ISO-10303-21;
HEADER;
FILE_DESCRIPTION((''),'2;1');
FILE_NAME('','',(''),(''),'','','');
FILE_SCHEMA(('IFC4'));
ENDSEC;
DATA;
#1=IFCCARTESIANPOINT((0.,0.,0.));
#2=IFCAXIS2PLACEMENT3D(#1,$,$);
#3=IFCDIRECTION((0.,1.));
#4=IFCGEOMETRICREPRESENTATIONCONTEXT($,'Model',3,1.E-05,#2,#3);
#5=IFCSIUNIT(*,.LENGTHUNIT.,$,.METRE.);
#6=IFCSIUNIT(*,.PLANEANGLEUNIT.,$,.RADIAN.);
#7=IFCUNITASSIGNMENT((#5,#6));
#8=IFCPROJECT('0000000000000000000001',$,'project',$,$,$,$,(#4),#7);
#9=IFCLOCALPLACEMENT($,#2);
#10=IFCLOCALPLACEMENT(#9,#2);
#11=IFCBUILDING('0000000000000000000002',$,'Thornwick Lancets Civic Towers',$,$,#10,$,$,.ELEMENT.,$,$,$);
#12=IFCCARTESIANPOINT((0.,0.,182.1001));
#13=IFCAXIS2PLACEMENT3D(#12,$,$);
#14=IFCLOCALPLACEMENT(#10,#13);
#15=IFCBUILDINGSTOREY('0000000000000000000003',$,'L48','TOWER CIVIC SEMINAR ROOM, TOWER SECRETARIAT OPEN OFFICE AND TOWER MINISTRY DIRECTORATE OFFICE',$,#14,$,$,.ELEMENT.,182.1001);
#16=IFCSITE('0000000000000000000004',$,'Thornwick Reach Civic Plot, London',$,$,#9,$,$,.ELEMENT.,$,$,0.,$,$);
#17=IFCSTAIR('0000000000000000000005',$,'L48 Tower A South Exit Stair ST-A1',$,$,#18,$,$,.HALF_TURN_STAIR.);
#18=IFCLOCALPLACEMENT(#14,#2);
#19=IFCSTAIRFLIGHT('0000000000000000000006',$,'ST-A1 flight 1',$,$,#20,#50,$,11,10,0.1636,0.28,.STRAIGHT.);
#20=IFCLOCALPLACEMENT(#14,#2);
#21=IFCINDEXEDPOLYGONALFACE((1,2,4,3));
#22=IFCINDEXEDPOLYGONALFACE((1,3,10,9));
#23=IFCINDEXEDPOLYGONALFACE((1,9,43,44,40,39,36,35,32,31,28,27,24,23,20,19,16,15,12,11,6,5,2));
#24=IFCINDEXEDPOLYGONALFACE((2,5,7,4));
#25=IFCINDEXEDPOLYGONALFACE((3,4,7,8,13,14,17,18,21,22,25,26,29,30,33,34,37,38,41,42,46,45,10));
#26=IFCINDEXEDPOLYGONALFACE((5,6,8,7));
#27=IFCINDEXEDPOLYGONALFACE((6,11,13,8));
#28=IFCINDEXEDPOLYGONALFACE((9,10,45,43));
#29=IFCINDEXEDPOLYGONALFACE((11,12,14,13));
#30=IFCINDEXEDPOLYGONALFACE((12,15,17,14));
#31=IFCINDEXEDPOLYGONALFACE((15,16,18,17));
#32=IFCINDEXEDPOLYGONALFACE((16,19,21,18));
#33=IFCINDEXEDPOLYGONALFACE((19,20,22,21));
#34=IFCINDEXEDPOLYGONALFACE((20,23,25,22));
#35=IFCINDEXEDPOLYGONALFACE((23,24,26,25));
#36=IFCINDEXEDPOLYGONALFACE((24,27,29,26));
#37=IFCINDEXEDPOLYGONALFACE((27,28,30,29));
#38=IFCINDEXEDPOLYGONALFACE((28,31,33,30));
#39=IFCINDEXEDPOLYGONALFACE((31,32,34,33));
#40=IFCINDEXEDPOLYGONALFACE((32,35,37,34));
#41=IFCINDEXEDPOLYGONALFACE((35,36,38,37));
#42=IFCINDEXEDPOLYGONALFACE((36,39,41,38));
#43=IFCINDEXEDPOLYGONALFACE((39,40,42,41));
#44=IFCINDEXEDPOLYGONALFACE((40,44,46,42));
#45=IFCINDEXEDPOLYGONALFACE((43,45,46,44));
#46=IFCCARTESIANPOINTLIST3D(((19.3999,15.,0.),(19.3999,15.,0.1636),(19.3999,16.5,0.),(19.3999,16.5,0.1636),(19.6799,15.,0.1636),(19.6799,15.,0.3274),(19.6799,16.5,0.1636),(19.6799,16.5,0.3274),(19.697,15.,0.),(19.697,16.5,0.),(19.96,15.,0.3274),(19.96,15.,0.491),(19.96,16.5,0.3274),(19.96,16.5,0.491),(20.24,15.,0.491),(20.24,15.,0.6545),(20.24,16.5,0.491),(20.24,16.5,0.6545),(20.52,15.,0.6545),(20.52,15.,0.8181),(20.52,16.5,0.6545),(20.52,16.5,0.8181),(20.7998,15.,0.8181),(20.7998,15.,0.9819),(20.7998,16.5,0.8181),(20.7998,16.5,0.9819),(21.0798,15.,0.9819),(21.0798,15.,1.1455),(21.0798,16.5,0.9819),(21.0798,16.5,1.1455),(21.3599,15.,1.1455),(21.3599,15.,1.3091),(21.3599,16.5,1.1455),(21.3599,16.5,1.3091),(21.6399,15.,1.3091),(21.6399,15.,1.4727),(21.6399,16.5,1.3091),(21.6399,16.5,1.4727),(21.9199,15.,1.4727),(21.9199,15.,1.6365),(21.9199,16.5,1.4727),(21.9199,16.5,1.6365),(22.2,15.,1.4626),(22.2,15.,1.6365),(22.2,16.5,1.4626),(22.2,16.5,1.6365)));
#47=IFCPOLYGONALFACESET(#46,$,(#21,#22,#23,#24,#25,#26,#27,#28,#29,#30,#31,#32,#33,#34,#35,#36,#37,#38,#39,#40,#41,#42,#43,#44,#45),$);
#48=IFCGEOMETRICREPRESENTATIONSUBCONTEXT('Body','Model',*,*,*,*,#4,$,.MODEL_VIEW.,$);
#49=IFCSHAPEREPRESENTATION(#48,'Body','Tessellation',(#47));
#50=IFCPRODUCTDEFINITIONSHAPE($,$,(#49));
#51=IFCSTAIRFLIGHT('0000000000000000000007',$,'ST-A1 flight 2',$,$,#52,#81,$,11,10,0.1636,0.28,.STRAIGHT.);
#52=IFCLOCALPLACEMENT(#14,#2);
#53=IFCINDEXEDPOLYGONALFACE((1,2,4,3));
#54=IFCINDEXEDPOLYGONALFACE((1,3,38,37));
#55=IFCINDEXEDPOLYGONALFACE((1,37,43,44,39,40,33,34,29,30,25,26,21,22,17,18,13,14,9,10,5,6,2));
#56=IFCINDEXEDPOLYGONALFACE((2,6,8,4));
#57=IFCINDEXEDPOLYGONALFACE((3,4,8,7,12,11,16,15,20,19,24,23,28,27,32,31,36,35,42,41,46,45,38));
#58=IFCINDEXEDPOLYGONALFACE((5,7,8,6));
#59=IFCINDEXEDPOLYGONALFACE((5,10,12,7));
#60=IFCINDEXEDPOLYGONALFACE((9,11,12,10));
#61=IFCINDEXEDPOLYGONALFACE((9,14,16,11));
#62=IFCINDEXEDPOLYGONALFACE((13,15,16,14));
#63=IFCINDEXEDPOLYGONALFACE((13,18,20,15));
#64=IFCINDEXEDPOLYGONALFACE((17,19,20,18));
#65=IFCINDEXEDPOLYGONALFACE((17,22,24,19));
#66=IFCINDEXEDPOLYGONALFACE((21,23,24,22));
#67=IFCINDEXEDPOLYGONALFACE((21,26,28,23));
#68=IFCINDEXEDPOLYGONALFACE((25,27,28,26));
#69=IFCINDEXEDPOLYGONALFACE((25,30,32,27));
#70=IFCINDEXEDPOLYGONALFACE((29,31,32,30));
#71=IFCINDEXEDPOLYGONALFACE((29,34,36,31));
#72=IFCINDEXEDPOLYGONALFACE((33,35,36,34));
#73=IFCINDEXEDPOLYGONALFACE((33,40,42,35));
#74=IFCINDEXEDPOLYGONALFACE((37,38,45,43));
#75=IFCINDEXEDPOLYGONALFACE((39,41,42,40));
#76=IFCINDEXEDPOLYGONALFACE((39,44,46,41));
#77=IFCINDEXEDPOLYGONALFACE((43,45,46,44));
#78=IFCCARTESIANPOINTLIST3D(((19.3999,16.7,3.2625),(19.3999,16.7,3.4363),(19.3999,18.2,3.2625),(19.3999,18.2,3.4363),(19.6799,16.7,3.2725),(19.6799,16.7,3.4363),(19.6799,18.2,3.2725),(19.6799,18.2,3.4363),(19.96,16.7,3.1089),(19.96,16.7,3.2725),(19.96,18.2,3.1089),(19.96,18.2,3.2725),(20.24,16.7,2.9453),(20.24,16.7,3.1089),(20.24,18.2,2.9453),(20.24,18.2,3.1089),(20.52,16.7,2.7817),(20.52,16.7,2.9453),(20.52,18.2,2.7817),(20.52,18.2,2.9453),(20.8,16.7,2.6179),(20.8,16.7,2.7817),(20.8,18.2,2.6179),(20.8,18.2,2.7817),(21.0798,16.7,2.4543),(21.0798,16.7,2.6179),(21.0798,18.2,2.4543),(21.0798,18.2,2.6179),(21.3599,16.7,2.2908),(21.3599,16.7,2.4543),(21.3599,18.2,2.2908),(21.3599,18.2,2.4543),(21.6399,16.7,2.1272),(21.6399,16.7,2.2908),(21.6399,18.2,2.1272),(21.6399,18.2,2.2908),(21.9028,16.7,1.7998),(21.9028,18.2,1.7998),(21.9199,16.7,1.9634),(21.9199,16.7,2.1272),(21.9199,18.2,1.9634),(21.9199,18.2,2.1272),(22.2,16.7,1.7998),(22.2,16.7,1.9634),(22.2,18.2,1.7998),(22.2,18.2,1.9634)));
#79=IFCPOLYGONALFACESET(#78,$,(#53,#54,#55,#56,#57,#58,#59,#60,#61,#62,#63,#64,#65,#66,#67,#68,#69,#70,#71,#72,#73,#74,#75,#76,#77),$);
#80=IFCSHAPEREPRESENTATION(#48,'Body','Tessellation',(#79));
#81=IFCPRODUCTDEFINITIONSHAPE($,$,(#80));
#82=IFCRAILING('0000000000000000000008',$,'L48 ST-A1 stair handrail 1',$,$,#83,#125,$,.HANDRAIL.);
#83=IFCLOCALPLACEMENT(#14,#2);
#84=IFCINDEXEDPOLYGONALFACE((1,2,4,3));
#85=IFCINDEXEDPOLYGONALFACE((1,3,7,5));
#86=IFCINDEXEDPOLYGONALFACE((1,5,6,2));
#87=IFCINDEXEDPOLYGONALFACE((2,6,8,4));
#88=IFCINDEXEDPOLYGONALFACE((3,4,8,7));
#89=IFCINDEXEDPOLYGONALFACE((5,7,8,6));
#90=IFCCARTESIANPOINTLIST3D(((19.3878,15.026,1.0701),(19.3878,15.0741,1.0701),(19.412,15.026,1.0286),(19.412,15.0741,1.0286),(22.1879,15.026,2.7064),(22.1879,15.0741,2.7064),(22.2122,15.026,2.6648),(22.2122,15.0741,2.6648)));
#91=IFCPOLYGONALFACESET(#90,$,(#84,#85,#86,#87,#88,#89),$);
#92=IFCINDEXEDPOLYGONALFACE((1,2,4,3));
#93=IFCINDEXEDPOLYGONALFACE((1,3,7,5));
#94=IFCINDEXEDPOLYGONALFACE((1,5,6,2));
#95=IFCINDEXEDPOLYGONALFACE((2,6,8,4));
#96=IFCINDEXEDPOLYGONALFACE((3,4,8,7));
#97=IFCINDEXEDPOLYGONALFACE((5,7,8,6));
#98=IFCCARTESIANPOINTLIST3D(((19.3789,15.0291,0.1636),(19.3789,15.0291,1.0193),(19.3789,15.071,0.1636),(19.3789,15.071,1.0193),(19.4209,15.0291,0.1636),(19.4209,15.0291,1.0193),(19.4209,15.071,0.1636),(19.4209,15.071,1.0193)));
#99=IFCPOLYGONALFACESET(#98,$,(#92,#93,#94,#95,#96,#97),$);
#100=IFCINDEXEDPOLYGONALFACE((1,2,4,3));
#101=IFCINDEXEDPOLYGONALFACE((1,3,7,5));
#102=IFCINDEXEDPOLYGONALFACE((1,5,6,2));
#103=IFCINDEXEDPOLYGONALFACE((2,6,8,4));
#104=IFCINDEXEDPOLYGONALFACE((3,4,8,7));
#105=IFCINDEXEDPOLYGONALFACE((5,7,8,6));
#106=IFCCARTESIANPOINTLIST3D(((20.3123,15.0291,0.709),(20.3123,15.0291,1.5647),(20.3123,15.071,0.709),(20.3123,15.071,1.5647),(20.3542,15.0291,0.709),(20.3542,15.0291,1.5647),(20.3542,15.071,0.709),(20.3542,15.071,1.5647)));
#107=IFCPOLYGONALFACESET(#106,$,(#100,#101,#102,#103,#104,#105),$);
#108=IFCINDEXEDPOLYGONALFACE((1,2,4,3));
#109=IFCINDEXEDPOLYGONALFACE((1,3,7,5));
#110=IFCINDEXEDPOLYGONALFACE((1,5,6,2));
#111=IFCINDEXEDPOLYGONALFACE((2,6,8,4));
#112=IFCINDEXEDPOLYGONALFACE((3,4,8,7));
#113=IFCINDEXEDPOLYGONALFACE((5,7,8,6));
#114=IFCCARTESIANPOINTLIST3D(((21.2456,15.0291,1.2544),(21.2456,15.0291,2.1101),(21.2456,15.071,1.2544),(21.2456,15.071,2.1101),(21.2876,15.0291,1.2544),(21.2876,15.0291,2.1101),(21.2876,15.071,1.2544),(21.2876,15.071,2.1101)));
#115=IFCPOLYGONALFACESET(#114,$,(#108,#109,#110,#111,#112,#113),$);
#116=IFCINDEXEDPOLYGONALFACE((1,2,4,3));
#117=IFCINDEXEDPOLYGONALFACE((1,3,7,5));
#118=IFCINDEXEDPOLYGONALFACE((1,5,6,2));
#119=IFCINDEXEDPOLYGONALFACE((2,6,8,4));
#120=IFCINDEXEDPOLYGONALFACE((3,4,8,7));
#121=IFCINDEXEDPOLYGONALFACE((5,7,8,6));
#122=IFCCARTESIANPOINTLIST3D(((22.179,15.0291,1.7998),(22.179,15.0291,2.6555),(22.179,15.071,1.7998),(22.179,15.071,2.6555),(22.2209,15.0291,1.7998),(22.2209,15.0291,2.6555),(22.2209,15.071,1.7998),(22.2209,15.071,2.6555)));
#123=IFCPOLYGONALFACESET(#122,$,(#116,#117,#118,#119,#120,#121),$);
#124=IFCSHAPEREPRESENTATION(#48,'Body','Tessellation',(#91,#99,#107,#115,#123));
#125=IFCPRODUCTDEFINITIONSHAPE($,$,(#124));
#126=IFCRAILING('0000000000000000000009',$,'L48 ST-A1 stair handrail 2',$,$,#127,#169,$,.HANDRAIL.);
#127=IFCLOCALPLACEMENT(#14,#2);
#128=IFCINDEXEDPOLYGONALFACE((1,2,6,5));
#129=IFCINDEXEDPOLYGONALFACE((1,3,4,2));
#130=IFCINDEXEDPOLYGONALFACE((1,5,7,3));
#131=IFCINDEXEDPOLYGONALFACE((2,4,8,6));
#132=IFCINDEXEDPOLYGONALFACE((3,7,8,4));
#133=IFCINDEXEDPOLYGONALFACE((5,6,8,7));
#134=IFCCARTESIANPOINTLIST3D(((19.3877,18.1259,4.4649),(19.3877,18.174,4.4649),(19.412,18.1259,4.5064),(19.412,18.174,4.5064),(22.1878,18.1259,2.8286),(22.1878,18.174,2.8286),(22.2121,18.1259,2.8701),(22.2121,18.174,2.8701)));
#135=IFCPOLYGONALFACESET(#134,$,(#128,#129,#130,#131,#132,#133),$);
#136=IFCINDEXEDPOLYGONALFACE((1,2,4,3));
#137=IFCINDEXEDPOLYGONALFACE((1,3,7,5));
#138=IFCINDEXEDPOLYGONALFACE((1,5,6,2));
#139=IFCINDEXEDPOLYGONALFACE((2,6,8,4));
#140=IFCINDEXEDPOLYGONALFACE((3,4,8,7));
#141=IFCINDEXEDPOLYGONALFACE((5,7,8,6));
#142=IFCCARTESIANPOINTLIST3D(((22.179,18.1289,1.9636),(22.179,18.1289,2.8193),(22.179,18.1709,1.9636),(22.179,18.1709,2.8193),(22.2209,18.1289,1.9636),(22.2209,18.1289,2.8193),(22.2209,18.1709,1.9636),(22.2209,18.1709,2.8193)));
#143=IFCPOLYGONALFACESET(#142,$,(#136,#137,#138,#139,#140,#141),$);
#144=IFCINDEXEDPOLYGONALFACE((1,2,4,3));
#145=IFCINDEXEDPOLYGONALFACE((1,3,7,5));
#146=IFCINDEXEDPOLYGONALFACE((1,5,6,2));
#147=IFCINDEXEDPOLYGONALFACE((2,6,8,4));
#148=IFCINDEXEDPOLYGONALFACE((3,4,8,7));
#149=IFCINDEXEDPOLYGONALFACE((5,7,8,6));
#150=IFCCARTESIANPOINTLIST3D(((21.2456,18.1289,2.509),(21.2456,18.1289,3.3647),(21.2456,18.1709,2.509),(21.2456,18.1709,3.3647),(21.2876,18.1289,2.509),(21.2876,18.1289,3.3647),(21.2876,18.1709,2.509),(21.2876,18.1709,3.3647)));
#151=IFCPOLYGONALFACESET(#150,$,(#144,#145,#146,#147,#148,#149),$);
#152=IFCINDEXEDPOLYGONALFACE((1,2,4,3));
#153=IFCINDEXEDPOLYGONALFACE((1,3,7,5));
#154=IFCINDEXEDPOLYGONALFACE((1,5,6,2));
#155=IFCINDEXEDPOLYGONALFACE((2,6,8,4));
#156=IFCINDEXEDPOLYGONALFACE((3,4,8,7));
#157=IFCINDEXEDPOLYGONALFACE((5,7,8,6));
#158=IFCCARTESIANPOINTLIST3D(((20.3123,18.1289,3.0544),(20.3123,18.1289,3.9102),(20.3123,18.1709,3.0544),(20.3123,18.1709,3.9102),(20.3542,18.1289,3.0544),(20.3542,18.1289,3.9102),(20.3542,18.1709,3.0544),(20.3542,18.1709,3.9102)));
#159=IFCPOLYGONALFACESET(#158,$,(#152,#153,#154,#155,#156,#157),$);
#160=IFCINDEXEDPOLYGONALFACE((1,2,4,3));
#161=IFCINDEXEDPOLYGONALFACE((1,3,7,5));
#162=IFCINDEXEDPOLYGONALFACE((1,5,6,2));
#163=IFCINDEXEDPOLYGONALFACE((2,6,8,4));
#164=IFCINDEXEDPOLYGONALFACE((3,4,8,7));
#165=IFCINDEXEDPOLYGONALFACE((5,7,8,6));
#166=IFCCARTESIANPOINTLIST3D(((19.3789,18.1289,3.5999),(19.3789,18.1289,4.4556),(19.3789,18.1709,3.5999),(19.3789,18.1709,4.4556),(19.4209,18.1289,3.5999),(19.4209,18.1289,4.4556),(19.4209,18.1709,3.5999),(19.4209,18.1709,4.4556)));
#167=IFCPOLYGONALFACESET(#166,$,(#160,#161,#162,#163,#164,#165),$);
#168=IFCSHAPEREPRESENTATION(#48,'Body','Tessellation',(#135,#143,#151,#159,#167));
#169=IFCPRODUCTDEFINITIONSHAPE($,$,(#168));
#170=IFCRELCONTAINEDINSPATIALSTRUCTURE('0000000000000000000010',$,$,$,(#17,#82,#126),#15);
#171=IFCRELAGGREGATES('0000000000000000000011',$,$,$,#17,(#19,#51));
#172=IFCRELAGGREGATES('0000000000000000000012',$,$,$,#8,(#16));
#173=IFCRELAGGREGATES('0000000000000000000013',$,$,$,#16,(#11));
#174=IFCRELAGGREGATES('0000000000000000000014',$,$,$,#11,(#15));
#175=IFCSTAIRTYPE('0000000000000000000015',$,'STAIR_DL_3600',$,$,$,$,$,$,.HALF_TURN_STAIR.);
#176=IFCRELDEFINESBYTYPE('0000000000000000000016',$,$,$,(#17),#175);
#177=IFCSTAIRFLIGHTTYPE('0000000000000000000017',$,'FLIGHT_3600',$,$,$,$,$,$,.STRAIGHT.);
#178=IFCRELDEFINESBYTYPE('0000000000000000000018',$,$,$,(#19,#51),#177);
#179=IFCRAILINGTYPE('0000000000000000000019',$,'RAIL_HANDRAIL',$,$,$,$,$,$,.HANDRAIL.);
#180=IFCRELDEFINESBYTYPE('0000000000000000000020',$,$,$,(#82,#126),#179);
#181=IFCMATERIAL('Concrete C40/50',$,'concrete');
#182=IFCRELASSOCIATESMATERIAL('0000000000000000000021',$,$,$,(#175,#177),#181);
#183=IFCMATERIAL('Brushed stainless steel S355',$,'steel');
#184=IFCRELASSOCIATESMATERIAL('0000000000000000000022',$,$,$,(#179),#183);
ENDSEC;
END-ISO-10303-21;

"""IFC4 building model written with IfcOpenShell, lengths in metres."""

from ifc_helpers import new_model, si_unit, direction, frame, origin, origin_2d, place, context, subcontext, project, spatial, polyline, rectangle, outline, extrude, material, type_object, element, aggregate, save


model = new_model("IFC4")

# Units and contexts
model_context = context("Model", 3, precision=1e-05, world=origin(), true_north=direction((0.0, 1.0)))
body_context = subcontext(model_context, "Body", "Model", "MODEL_VIEW")
ifc_project = project(units=[si_unit("LENGTHUNIT", "METRE"), si_unit("PLANEANGLEUNIT", "RADIAN")], contexts=[model_context])

# Site, building, storey
site_placement = place(None, origin())
site = spatial("IfcSite", under=ifc_project, at=site_placement, Name="Thornwick Reach Civic Plot, London", CompositionType="ELEMENT", RefElevation=0.0)
building_placement = place(site_placement, origin())
building = spatial("IfcBuilding", under=site, at=building_placement, Name="Thornwick Lancets Civic Towers", CompositionType="ELEMENT")
storey_placement = place(building_placement, frame((0.0, 0.0, 182.1001)))
storey = spatial("IfcBuildingStorey", under=building, at=storey_placement, Name="L48", Description="TOWER CIVIC SEMINAR ROOM, TOWER SECRETARIAT OPEN OFFICE AND TOWER MINISTRY DIRECTORATE OFFICE", CompositionType="ELEMENT", Elevation=182.1001)

# Stair, stair flights
ifc_material_1 = material(Name="Concrete C40/50", Category="concrete")
stair_type = type_object("IfcStairType", Name="STAIR_DL_3600", PredefinedType="HALF_TURN_STAIR", material=ifc_material_1)
stair_placement = place(storey_placement, origin())
stair = element("IfcStair", 1, at=stair_placement, inside=storey, type_object=stair_type, Name="L48 Tower A South Exit Stair ST-A1", PredefinedType="HALF_TURN_STAIR")
stair_flight_type = type_object("IfcStairFlightType", Name="FLIGHT_3600", PredefinedType="STRAIGHT", material=ifc_material_1)
stair_flight_1_placement = place(storey_placement, frame((19.3999, 15.75, 0.0), z_axis=(0.0, 0.0, 1.0), x_axis=(1.0, 0.0, 0.0)))
stair_flight_1 = element("IfcStairFlight", 2, at=stair_flight_1_placement, type_object=stair_flight_type, Name="ST-A1 flight 1", NumberOfRisers=11, NumberOfTreads=10, PredefinedType="STRAIGHT", RiserHeight=0.1636, TreadLength=0.28, context=body_context, shape_type="SweptSolid", body=[
    extrude(outline(polyline([(0.0, 0.0), (0.0, 0.1636), (0.28, 0.1636), (0.28, 0.3274), (0.5601, 0.3274), (0.5601, 0.491), (0.8401, 0.491), (0.8401, 0.6545), (1.1201, 0.6545), (1.1201, 0.8181), (1.3999, 0.8181), (1.3999, 0.9819), (1.6799, 0.9819), (1.6799, 1.1455), (1.96, 1.1455), (1.96, 1.3091), (2.24, 1.3091), (2.24, 1.4727), (2.52, 1.4727), (2.52, 1.6365), (2.8, 1.6365), (2.8, 1.8), (2.8, 1.4626), (0.2971, 0.0), (0.0, 0.0)])), frame((0.0, 0.75, 0.0), z_axis=(0.0, -1.0, 0.0), x_axis=(1.0, 0.0, 0.0)), (0.0, 0.0, 1.0), 1.5),
])
stair_flight_2_placement = place(storey_placement, frame((22.2, 17.45, 1.7998), z_axis=(0.0, 0.0, 1.0), x_axis=(-1.0, 0.0, 0.0)))
stair_flight_2 = element("IfcStairFlight", 3, at=stair_flight_2_placement, type_object=stair_flight_type, Name="ST-A1 flight 2", NumberOfRisers=11, NumberOfTreads=10, PredefinedType="STRAIGHT", RiserHeight=0.1636, TreadLength=0.28, context=body_context, shape_type="SweptSolid", body=[
    extrude(outline(polyline([(0.0, 0.0), (0.0, 0.1636), (0.28, 0.1636), (0.28, 0.3274), (0.5601, 0.3274), (0.5601, 0.491), (0.8401, 0.491), (0.8401, 0.6545), (1.1201, 0.6545), (1.1201, 0.8181), (1.3999, 0.8181), (1.3999, 0.9819), (1.6799, 0.9819), (1.6799, 1.1455), (1.96, 1.1455), (1.96, 1.3091), (2.24, 1.3091), (2.24, 1.4727), (2.52, 1.4727), (2.52, 1.6365), (2.8, 1.6365), (2.8, 1.8), (2.8, 1.4626), (0.2971, 0.0), (0.0, 0.0)])), frame((0.0, 0.75, 0.0), z_axis=(0.0, -1.0, 0.0), x_axis=(1.0, 0.0, 0.0)), (0.0, 0.0, 1.0), 1.5),
])
aggregate(stair, [stair_flight_1, stair_flight_2])

# Railings
ifc_material_2 = material(Name="Brushed stainless steel S355", Category="steel")
railing_type_1 = type_object("IfcRailingType", Name="RAIL_HANDRAIL", PredefinedType="HANDRAIL", material=ifc_material_2)
railing_1_placement = place(storey_placement, frame((19.3999, 15.05, 0.1636)))
element("IfcRailing", 4, at=railing_1_placement, inside=storey, type_object=railing_type_1, Name="L48 ST-A1 stair handrail 1", PredefinedType="HANDRAIL", context=body_context, shape_type="SweptSolid", body=[
    extrude(rectangle(XDim=0.0481, YDim=0.0481, at=origin_2d()), frame((0.0, 0.0, 0.8857), z_axis=(0.863394, 0.0, 0.504531), x_axis=(0.0, 1.0, 0.0)), (0.0, 0.0, 1.0), 3.2432),
    extrude(rectangle(XDim=0.042, YDim=0.042, at=origin_2d()), origin(), (0.0, 0.0, 1.0), 0.8557),
    extrude(rectangle(XDim=0.042, YDim=0.042, at=origin_2d()), frame((0.9333, 0.0, 0.5454)), (0.0, 0.0, 1.0), 0.8557),
    extrude(rectangle(XDim=0.042, YDim=0.042, at=origin_2d()), frame((1.8667, 0.0, 1.0908)), (0.0, 0.0, 1.0), 0.8557),
    extrude(rectangle(XDim=0.042, YDim=0.042, at=origin_2d()), frame((2.8, 0.0, 1.6362)), (0.0, 0.0, 1.0), 0.8557),
])
railing_2_placement = place(storey_placement, frame((22.2, 18.1499, 1.9636)))
element("IfcRailing", 5, at=railing_2_placement, inside=storey, type_object=railing_type_1, Name="L48 ST-A1 stair handrail 2", PredefinedType="HANDRAIL", context=body_context, shape_type="SweptSolid", body=[
    extrude(rectangle(XDim=0.0481, YDim=0.0481, at=origin_2d()), frame((0.0, 0.0, 0.8857), z_axis=(-0.863394, 0.0, 0.504531), x_axis=(0.0, -1.0, 0.0)), (0.0, 0.0, 1.0), 3.2432),
    extrude(rectangle(XDim=0.042, YDim=0.042, at=origin_2d()), origin(), (0.0, 0.0, 1.0), 0.8557),
    extrude(rectangle(XDim=0.042, YDim=0.042, at=origin_2d()), frame((-0.9333, 0.0, 0.5454)), (0.0, 0.0, 1.0), 0.8557),
    extrude(rectangle(XDim=0.042, YDim=0.042, at=origin_2d()), frame((-1.8667, 0.0, 1.0908)), (0.0, 0.0, 1.0), 0.8557),
    extrude(rectangle(XDim=0.042, YDim=0.042, at=origin_2d()), frame((-2.8, 0.0, 1.6362)), (0.0, 0.0, 1.0), 0.8557),
])

save(model, "model.ifc")
